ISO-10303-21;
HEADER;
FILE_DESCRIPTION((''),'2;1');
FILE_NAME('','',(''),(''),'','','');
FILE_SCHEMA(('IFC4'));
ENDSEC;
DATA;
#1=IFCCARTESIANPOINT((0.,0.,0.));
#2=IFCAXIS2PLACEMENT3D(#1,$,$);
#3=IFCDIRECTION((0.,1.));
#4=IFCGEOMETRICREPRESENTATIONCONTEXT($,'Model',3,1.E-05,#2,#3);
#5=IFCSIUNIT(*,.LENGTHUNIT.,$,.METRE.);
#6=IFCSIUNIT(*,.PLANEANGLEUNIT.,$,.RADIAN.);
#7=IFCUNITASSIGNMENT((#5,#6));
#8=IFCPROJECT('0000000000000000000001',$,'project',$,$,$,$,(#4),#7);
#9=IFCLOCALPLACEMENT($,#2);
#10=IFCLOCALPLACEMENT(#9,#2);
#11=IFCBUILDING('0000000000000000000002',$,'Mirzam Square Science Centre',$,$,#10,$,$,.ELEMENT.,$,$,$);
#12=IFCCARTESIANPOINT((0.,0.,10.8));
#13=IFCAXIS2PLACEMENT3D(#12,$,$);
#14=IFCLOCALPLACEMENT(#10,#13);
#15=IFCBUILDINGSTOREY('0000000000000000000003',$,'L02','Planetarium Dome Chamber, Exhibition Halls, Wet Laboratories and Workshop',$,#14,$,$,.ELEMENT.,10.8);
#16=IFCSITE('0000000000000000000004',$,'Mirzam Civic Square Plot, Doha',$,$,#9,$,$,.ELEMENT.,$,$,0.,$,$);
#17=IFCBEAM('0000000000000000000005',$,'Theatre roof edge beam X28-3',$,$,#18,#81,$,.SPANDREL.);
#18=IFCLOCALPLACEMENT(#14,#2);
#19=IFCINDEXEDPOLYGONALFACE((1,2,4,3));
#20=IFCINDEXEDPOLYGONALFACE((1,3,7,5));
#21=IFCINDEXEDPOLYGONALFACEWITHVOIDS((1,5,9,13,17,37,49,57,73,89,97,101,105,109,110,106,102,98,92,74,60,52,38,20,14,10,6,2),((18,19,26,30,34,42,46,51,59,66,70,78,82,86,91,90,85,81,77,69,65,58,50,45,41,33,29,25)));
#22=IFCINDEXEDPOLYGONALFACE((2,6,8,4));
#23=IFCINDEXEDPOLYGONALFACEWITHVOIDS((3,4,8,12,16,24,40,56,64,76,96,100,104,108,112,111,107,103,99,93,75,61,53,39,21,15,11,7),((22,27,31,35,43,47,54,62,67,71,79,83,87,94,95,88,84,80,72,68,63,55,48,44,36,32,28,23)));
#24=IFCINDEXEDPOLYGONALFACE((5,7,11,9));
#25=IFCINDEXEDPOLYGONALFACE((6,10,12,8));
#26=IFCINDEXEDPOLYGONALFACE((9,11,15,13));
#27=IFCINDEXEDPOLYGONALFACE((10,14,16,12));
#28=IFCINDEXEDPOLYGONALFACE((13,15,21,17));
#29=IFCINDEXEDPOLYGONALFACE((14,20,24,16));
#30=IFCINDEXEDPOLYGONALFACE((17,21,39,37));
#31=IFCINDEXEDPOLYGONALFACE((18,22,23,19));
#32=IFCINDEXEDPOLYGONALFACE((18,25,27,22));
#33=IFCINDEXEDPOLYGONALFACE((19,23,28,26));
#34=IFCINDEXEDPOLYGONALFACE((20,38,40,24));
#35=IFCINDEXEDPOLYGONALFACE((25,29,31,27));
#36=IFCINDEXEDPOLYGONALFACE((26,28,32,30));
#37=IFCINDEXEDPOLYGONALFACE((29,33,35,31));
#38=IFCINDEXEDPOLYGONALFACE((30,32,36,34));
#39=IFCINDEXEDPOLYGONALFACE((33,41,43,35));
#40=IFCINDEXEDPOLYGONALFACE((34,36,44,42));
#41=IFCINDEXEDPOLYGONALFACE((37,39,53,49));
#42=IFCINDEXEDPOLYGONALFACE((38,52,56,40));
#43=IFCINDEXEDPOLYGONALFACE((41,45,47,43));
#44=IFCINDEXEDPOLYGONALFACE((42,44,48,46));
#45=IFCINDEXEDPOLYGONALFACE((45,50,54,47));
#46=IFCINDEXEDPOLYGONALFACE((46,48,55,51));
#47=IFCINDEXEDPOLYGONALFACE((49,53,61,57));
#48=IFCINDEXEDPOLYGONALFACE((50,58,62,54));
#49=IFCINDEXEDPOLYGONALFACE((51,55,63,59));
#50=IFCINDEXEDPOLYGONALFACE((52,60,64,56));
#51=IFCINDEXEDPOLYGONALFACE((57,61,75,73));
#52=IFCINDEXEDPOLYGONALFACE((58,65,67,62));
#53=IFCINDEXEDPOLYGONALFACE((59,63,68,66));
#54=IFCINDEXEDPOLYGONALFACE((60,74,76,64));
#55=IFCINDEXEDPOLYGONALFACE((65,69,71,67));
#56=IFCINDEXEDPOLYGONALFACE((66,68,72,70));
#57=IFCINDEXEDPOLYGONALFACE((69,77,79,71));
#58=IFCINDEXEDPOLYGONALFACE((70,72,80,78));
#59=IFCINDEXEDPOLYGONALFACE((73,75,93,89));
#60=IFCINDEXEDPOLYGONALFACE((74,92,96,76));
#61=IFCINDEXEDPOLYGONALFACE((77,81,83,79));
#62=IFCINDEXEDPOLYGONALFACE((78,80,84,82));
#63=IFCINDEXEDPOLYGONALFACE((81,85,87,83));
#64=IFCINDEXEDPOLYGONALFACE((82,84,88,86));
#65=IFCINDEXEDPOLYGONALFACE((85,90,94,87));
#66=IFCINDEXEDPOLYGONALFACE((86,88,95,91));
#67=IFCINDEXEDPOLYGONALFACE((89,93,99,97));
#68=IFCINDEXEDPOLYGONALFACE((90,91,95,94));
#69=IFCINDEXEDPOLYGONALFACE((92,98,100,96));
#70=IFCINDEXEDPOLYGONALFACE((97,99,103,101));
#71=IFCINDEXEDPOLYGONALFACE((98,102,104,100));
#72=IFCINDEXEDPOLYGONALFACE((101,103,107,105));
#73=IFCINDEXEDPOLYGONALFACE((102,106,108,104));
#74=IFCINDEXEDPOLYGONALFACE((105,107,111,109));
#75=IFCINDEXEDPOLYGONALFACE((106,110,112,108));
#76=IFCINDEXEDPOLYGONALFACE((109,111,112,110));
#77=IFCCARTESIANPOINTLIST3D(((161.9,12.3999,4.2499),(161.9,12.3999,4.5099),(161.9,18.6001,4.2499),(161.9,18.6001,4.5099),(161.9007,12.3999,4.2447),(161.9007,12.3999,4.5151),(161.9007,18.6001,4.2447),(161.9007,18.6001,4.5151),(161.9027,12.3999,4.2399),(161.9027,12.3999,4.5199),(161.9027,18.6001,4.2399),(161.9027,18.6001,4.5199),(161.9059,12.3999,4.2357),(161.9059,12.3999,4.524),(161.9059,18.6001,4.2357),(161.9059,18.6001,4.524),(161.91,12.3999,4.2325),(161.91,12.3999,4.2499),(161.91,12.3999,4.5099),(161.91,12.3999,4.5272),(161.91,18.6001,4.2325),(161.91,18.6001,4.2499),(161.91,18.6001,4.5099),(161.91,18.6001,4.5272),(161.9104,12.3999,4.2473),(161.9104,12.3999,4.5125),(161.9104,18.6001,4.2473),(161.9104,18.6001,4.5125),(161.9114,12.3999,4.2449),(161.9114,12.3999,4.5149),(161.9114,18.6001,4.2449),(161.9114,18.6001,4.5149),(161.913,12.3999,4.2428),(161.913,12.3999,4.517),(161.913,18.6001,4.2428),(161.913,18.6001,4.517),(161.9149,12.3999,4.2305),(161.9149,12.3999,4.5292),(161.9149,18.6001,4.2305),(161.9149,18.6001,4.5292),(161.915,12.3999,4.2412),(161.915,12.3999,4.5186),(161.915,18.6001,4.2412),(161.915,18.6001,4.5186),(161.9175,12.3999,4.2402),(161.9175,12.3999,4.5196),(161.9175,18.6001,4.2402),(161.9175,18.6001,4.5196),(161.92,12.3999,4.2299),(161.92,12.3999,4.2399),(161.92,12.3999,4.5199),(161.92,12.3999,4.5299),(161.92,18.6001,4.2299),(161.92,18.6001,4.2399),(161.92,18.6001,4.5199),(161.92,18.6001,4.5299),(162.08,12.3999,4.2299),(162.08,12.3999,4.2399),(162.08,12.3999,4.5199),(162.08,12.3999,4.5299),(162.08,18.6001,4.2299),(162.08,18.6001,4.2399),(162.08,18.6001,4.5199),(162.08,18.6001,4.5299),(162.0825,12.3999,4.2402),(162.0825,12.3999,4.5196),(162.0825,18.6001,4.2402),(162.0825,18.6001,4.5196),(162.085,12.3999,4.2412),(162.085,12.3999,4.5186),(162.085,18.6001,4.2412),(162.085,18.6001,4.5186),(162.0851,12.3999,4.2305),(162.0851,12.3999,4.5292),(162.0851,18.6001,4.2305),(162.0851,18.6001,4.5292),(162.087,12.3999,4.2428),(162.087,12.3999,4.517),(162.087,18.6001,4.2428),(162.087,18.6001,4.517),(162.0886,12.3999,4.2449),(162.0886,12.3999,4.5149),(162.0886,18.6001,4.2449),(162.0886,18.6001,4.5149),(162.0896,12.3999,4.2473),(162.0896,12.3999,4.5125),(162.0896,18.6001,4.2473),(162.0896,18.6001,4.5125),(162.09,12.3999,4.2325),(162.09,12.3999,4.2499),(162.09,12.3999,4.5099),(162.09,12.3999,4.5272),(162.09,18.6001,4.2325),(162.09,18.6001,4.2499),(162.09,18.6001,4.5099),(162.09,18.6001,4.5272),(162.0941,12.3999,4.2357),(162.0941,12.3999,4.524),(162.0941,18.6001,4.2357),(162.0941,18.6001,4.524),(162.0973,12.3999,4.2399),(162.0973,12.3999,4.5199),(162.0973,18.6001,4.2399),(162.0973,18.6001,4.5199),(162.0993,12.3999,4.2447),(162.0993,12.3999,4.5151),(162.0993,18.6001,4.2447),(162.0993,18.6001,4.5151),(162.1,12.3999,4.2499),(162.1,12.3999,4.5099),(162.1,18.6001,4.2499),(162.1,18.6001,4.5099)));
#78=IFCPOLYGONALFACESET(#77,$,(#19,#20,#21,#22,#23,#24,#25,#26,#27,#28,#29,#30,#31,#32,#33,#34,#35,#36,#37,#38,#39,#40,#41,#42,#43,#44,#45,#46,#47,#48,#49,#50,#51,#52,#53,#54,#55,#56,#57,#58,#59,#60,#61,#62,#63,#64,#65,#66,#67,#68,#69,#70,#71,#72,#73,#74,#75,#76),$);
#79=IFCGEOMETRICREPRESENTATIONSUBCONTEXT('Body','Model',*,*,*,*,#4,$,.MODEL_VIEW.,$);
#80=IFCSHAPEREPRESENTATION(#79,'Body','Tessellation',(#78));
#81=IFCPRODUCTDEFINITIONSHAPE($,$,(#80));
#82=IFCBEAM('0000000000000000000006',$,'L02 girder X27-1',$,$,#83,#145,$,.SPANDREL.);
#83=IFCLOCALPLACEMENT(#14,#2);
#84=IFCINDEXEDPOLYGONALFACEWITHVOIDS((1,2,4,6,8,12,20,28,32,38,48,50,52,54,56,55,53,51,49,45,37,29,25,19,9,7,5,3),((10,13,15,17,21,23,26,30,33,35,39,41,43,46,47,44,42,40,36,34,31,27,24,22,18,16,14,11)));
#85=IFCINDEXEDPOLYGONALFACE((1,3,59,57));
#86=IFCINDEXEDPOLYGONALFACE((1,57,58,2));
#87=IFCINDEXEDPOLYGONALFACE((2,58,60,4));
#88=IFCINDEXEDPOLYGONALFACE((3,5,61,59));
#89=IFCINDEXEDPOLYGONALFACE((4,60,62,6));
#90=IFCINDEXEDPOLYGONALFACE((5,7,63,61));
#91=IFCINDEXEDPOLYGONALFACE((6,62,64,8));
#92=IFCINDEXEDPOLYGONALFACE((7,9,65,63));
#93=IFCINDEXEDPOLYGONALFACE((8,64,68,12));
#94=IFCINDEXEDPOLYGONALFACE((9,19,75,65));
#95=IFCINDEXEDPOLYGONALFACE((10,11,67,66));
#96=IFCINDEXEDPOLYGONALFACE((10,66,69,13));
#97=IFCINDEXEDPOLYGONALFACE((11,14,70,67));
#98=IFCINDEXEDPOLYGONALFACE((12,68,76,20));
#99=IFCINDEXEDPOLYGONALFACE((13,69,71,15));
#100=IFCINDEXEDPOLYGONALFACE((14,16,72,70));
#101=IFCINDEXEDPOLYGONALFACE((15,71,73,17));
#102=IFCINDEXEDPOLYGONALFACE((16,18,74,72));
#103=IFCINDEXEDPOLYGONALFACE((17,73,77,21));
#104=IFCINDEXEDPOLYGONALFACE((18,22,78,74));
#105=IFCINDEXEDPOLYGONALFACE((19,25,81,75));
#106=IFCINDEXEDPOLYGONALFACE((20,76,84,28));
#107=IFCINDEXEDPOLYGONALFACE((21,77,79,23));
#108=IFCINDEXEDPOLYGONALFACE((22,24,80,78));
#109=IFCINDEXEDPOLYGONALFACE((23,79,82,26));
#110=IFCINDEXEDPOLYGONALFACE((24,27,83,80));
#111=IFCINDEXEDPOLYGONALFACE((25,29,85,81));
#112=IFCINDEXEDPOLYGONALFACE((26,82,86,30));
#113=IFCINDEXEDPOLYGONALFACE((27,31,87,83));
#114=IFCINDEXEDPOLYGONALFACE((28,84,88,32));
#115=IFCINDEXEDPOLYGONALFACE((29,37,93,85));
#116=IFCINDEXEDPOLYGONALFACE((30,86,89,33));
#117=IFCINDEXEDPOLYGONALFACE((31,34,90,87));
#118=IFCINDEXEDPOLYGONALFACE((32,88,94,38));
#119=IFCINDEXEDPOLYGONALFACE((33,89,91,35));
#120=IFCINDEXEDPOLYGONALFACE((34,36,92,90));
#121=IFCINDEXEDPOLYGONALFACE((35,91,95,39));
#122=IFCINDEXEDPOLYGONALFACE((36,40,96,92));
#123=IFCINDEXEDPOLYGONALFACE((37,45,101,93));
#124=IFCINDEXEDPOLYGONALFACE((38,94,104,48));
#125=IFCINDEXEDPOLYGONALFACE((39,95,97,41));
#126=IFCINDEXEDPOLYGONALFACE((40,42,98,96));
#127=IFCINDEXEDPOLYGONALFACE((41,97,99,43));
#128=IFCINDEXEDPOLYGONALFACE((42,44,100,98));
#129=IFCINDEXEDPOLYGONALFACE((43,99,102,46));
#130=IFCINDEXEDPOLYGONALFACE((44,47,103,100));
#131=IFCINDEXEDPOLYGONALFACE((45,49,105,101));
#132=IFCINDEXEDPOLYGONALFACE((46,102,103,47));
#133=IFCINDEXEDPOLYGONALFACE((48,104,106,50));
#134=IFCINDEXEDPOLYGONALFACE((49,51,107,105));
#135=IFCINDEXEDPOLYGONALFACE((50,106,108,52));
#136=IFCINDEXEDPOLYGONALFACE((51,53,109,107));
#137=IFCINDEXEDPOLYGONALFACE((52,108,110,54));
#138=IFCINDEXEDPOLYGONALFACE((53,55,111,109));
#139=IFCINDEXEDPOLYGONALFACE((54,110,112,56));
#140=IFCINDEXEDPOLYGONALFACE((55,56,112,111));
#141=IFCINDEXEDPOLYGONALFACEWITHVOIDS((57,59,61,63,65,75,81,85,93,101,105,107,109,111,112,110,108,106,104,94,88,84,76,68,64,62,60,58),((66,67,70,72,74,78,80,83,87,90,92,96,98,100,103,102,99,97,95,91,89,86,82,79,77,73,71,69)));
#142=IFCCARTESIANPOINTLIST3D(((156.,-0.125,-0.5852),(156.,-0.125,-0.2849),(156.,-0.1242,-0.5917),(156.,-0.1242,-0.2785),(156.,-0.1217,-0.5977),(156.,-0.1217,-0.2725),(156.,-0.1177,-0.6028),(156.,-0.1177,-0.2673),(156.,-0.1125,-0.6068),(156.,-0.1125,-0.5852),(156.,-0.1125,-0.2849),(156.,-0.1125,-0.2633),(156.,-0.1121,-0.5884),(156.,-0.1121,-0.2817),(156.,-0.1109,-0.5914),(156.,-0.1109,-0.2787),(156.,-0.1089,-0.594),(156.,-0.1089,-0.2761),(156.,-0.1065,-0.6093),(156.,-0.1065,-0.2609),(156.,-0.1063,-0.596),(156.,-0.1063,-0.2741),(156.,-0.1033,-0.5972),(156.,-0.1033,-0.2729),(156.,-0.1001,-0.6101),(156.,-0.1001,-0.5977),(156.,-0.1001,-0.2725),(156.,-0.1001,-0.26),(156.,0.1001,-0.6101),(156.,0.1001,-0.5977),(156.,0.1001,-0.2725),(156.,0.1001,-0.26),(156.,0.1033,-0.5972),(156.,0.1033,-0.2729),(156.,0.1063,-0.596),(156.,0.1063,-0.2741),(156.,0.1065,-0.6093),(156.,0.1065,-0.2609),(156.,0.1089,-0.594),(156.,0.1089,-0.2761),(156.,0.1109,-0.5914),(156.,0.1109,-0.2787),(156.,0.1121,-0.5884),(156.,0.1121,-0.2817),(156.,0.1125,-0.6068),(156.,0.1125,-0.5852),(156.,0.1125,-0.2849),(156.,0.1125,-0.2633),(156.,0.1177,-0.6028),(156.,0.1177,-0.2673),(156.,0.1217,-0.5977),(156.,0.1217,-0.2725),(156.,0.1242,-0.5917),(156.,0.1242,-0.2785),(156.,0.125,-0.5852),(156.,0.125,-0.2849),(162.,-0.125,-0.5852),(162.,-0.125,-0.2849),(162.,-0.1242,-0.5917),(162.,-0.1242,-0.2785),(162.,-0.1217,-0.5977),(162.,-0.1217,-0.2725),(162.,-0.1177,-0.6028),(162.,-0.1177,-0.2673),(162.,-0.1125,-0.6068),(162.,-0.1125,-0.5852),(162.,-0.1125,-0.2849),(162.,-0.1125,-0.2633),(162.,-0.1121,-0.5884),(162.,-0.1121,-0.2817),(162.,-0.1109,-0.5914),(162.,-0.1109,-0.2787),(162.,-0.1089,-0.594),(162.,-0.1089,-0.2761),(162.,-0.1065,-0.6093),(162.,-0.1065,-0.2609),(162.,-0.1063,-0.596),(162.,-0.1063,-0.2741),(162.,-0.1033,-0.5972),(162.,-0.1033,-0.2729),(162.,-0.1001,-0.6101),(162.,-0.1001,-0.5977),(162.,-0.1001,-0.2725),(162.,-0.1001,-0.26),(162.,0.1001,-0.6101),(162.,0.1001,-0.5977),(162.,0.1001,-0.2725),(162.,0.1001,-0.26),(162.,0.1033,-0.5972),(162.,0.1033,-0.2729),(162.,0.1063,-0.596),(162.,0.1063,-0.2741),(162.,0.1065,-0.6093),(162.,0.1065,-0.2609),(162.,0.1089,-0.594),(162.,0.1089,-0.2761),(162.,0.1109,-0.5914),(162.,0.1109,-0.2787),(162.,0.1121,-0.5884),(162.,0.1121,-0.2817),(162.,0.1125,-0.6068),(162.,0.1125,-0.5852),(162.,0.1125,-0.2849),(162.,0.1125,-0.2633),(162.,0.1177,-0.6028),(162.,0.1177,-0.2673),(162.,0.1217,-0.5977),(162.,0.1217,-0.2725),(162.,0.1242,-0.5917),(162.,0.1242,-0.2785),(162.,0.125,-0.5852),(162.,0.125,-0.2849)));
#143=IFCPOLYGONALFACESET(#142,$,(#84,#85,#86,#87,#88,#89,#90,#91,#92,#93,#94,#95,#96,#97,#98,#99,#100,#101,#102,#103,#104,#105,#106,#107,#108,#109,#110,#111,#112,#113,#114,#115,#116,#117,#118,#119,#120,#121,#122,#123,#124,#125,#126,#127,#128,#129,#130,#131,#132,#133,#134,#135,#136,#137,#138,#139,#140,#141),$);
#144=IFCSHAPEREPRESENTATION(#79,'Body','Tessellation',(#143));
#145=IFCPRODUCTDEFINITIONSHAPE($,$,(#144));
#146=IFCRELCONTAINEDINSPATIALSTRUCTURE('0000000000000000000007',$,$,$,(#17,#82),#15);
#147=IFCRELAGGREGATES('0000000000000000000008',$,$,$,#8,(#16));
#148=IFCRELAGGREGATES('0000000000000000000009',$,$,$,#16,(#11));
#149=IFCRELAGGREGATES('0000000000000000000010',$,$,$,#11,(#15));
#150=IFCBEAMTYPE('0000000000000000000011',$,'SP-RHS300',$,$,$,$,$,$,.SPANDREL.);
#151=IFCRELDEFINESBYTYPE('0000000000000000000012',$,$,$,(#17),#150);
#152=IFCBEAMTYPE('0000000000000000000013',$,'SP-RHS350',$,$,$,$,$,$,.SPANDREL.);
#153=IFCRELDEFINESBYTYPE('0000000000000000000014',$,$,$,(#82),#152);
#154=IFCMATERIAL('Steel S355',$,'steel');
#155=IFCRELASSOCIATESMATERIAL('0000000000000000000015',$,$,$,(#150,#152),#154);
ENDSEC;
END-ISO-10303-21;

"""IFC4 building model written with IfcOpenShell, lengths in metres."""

from ifc_helpers import new_model, si_unit, direction, frame, origin, origin_2d, place, context, subcontext, project, spatial, hollow_rectangle, extrude, material, material_profile, profile_set, type_object, element, save


model = new_model("IFC4")

# Units and contexts
model_context = context("Model", 3, precision=1e-05, world=origin(), true_north=direction((0.0, 1.0)))
body_context = subcontext(model_context, "Body", "Model", "MODEL_VIEW")
ifc_project = project(units=[si_unit("LENGTHUNIT", "METRE"), si_unit("PLANEANGLEUNIT", "RADIAN")], contexts=[model_context])

# Site, building, storey
site_placement = place(None, origin())
site = spatial("IfcSite", under=ifc_project, at=site_placement, Name="Mirzam Civic Square Plot, Doha", CompositionType="ELEMENT", RefElevation=0.0)
building_placement = place(site_placement, origin())
building = spatial("IfcBuilding", under=site, at=building_placement, Name="Mirzam Square Science Centre", CompositionType="ELEMENT")
storey_placement = place(building_placement, frame((0.0, 0.0, 10.8)))
storey = spatial("IfcBuildingStorey", under=building, at=storey_placement, Name="L02", Description="Planetarium Dome Chamber, Exhibition Halls, Wet Laboratories and Workshop", CompositionType="ELEMENT", Elevation=10.8)

# Shared definitions
ifc_material_1 = material(Name="Steel S355", Category="steel")

# Beams
ifc_material_profile_1 = material_profile(ifc_material_1, hollow_rectangle(XDim=0.2, YDim=0.3, WallThickness=0.01, InnerFilletRadius=0.01, OuterFilletRadius=0.02, at=origin_2d()), Name="300x200x10.0RHS")
ifc_profile_set_1 = profile_set([ifc_material_profile_1], Name="Steel S355")
beam_type_1 = type_object("IfcBeamType", Name="SP-RHS300", PredefinedType="SPANDREL", material=ifc_profile_set_1)
beam_1_placement = place(storey_placement, frame((162.0, 12.3999, 4.3799), z_axis=(0.0, 1.0, 0.0), x_axis=(-1.0, 0.0, 0.0)))
element("IfcBeam", 1, at=beam_1_placement, inside=storey, type_object=beam_type_1, Name="Theatre roof edge beam X28-3", PredefinedType="SPANDREL", context=body_context, shape_type="SweptSolid", body=[
    extrude(hollow_rectangle(XDim=0.2, YDim=0.3, WallThickness=0.01, InnerFilletRadius=0.01, OuterFilletRadius=0.02, at=origin_2d()), origin(), (0.0, 0.0, 1.0), 6.2002),
])
ifc_material_profile_2 = material_profile(ifc_material_1, hollow_rectangle(XDim=0.25, YDim=0.3501, WallThickness=0.0125, InnerFilletRadius=0.0125, OuterFilletRadius=0.0249, at=origin_2d()), Name="350x250x12.5RHS")
ifc_profile_set_2 = profile_set([ifc_material_profile_2], Name="Steel S355")
beam_type_2 = type_object("IfcBeamType", Name="SP-RHS350", PredefinedType="SPANDREL", material=ifc_profile_set_2)
beam_2_placement = place(storey_placement, frame((156.0, 0.0, -0.4351), z_axis=(1.0, 0.0, 0.0), x_axis=(0.0, 1.0, 0.0)))
element("IfcBeam", 2, at=beam_2_placement, inside=storey, type_object=beam_type_2, Name="L02 girder X27-1", PredefinedType="SPANDREL", context=body_context, shape_type="SweptSolid", body=[
    extrude(hollow_rectangle(XDim=0.25, YDim=0.3501, WallThickness=0.0125, InnerFilletRadius=0.0125, OuterFilletRadius=0.0249, at=origin_2d()), origin(), (0.0, 0.0, 1.0), 6.0),
])

save(model, "model.ifc")
